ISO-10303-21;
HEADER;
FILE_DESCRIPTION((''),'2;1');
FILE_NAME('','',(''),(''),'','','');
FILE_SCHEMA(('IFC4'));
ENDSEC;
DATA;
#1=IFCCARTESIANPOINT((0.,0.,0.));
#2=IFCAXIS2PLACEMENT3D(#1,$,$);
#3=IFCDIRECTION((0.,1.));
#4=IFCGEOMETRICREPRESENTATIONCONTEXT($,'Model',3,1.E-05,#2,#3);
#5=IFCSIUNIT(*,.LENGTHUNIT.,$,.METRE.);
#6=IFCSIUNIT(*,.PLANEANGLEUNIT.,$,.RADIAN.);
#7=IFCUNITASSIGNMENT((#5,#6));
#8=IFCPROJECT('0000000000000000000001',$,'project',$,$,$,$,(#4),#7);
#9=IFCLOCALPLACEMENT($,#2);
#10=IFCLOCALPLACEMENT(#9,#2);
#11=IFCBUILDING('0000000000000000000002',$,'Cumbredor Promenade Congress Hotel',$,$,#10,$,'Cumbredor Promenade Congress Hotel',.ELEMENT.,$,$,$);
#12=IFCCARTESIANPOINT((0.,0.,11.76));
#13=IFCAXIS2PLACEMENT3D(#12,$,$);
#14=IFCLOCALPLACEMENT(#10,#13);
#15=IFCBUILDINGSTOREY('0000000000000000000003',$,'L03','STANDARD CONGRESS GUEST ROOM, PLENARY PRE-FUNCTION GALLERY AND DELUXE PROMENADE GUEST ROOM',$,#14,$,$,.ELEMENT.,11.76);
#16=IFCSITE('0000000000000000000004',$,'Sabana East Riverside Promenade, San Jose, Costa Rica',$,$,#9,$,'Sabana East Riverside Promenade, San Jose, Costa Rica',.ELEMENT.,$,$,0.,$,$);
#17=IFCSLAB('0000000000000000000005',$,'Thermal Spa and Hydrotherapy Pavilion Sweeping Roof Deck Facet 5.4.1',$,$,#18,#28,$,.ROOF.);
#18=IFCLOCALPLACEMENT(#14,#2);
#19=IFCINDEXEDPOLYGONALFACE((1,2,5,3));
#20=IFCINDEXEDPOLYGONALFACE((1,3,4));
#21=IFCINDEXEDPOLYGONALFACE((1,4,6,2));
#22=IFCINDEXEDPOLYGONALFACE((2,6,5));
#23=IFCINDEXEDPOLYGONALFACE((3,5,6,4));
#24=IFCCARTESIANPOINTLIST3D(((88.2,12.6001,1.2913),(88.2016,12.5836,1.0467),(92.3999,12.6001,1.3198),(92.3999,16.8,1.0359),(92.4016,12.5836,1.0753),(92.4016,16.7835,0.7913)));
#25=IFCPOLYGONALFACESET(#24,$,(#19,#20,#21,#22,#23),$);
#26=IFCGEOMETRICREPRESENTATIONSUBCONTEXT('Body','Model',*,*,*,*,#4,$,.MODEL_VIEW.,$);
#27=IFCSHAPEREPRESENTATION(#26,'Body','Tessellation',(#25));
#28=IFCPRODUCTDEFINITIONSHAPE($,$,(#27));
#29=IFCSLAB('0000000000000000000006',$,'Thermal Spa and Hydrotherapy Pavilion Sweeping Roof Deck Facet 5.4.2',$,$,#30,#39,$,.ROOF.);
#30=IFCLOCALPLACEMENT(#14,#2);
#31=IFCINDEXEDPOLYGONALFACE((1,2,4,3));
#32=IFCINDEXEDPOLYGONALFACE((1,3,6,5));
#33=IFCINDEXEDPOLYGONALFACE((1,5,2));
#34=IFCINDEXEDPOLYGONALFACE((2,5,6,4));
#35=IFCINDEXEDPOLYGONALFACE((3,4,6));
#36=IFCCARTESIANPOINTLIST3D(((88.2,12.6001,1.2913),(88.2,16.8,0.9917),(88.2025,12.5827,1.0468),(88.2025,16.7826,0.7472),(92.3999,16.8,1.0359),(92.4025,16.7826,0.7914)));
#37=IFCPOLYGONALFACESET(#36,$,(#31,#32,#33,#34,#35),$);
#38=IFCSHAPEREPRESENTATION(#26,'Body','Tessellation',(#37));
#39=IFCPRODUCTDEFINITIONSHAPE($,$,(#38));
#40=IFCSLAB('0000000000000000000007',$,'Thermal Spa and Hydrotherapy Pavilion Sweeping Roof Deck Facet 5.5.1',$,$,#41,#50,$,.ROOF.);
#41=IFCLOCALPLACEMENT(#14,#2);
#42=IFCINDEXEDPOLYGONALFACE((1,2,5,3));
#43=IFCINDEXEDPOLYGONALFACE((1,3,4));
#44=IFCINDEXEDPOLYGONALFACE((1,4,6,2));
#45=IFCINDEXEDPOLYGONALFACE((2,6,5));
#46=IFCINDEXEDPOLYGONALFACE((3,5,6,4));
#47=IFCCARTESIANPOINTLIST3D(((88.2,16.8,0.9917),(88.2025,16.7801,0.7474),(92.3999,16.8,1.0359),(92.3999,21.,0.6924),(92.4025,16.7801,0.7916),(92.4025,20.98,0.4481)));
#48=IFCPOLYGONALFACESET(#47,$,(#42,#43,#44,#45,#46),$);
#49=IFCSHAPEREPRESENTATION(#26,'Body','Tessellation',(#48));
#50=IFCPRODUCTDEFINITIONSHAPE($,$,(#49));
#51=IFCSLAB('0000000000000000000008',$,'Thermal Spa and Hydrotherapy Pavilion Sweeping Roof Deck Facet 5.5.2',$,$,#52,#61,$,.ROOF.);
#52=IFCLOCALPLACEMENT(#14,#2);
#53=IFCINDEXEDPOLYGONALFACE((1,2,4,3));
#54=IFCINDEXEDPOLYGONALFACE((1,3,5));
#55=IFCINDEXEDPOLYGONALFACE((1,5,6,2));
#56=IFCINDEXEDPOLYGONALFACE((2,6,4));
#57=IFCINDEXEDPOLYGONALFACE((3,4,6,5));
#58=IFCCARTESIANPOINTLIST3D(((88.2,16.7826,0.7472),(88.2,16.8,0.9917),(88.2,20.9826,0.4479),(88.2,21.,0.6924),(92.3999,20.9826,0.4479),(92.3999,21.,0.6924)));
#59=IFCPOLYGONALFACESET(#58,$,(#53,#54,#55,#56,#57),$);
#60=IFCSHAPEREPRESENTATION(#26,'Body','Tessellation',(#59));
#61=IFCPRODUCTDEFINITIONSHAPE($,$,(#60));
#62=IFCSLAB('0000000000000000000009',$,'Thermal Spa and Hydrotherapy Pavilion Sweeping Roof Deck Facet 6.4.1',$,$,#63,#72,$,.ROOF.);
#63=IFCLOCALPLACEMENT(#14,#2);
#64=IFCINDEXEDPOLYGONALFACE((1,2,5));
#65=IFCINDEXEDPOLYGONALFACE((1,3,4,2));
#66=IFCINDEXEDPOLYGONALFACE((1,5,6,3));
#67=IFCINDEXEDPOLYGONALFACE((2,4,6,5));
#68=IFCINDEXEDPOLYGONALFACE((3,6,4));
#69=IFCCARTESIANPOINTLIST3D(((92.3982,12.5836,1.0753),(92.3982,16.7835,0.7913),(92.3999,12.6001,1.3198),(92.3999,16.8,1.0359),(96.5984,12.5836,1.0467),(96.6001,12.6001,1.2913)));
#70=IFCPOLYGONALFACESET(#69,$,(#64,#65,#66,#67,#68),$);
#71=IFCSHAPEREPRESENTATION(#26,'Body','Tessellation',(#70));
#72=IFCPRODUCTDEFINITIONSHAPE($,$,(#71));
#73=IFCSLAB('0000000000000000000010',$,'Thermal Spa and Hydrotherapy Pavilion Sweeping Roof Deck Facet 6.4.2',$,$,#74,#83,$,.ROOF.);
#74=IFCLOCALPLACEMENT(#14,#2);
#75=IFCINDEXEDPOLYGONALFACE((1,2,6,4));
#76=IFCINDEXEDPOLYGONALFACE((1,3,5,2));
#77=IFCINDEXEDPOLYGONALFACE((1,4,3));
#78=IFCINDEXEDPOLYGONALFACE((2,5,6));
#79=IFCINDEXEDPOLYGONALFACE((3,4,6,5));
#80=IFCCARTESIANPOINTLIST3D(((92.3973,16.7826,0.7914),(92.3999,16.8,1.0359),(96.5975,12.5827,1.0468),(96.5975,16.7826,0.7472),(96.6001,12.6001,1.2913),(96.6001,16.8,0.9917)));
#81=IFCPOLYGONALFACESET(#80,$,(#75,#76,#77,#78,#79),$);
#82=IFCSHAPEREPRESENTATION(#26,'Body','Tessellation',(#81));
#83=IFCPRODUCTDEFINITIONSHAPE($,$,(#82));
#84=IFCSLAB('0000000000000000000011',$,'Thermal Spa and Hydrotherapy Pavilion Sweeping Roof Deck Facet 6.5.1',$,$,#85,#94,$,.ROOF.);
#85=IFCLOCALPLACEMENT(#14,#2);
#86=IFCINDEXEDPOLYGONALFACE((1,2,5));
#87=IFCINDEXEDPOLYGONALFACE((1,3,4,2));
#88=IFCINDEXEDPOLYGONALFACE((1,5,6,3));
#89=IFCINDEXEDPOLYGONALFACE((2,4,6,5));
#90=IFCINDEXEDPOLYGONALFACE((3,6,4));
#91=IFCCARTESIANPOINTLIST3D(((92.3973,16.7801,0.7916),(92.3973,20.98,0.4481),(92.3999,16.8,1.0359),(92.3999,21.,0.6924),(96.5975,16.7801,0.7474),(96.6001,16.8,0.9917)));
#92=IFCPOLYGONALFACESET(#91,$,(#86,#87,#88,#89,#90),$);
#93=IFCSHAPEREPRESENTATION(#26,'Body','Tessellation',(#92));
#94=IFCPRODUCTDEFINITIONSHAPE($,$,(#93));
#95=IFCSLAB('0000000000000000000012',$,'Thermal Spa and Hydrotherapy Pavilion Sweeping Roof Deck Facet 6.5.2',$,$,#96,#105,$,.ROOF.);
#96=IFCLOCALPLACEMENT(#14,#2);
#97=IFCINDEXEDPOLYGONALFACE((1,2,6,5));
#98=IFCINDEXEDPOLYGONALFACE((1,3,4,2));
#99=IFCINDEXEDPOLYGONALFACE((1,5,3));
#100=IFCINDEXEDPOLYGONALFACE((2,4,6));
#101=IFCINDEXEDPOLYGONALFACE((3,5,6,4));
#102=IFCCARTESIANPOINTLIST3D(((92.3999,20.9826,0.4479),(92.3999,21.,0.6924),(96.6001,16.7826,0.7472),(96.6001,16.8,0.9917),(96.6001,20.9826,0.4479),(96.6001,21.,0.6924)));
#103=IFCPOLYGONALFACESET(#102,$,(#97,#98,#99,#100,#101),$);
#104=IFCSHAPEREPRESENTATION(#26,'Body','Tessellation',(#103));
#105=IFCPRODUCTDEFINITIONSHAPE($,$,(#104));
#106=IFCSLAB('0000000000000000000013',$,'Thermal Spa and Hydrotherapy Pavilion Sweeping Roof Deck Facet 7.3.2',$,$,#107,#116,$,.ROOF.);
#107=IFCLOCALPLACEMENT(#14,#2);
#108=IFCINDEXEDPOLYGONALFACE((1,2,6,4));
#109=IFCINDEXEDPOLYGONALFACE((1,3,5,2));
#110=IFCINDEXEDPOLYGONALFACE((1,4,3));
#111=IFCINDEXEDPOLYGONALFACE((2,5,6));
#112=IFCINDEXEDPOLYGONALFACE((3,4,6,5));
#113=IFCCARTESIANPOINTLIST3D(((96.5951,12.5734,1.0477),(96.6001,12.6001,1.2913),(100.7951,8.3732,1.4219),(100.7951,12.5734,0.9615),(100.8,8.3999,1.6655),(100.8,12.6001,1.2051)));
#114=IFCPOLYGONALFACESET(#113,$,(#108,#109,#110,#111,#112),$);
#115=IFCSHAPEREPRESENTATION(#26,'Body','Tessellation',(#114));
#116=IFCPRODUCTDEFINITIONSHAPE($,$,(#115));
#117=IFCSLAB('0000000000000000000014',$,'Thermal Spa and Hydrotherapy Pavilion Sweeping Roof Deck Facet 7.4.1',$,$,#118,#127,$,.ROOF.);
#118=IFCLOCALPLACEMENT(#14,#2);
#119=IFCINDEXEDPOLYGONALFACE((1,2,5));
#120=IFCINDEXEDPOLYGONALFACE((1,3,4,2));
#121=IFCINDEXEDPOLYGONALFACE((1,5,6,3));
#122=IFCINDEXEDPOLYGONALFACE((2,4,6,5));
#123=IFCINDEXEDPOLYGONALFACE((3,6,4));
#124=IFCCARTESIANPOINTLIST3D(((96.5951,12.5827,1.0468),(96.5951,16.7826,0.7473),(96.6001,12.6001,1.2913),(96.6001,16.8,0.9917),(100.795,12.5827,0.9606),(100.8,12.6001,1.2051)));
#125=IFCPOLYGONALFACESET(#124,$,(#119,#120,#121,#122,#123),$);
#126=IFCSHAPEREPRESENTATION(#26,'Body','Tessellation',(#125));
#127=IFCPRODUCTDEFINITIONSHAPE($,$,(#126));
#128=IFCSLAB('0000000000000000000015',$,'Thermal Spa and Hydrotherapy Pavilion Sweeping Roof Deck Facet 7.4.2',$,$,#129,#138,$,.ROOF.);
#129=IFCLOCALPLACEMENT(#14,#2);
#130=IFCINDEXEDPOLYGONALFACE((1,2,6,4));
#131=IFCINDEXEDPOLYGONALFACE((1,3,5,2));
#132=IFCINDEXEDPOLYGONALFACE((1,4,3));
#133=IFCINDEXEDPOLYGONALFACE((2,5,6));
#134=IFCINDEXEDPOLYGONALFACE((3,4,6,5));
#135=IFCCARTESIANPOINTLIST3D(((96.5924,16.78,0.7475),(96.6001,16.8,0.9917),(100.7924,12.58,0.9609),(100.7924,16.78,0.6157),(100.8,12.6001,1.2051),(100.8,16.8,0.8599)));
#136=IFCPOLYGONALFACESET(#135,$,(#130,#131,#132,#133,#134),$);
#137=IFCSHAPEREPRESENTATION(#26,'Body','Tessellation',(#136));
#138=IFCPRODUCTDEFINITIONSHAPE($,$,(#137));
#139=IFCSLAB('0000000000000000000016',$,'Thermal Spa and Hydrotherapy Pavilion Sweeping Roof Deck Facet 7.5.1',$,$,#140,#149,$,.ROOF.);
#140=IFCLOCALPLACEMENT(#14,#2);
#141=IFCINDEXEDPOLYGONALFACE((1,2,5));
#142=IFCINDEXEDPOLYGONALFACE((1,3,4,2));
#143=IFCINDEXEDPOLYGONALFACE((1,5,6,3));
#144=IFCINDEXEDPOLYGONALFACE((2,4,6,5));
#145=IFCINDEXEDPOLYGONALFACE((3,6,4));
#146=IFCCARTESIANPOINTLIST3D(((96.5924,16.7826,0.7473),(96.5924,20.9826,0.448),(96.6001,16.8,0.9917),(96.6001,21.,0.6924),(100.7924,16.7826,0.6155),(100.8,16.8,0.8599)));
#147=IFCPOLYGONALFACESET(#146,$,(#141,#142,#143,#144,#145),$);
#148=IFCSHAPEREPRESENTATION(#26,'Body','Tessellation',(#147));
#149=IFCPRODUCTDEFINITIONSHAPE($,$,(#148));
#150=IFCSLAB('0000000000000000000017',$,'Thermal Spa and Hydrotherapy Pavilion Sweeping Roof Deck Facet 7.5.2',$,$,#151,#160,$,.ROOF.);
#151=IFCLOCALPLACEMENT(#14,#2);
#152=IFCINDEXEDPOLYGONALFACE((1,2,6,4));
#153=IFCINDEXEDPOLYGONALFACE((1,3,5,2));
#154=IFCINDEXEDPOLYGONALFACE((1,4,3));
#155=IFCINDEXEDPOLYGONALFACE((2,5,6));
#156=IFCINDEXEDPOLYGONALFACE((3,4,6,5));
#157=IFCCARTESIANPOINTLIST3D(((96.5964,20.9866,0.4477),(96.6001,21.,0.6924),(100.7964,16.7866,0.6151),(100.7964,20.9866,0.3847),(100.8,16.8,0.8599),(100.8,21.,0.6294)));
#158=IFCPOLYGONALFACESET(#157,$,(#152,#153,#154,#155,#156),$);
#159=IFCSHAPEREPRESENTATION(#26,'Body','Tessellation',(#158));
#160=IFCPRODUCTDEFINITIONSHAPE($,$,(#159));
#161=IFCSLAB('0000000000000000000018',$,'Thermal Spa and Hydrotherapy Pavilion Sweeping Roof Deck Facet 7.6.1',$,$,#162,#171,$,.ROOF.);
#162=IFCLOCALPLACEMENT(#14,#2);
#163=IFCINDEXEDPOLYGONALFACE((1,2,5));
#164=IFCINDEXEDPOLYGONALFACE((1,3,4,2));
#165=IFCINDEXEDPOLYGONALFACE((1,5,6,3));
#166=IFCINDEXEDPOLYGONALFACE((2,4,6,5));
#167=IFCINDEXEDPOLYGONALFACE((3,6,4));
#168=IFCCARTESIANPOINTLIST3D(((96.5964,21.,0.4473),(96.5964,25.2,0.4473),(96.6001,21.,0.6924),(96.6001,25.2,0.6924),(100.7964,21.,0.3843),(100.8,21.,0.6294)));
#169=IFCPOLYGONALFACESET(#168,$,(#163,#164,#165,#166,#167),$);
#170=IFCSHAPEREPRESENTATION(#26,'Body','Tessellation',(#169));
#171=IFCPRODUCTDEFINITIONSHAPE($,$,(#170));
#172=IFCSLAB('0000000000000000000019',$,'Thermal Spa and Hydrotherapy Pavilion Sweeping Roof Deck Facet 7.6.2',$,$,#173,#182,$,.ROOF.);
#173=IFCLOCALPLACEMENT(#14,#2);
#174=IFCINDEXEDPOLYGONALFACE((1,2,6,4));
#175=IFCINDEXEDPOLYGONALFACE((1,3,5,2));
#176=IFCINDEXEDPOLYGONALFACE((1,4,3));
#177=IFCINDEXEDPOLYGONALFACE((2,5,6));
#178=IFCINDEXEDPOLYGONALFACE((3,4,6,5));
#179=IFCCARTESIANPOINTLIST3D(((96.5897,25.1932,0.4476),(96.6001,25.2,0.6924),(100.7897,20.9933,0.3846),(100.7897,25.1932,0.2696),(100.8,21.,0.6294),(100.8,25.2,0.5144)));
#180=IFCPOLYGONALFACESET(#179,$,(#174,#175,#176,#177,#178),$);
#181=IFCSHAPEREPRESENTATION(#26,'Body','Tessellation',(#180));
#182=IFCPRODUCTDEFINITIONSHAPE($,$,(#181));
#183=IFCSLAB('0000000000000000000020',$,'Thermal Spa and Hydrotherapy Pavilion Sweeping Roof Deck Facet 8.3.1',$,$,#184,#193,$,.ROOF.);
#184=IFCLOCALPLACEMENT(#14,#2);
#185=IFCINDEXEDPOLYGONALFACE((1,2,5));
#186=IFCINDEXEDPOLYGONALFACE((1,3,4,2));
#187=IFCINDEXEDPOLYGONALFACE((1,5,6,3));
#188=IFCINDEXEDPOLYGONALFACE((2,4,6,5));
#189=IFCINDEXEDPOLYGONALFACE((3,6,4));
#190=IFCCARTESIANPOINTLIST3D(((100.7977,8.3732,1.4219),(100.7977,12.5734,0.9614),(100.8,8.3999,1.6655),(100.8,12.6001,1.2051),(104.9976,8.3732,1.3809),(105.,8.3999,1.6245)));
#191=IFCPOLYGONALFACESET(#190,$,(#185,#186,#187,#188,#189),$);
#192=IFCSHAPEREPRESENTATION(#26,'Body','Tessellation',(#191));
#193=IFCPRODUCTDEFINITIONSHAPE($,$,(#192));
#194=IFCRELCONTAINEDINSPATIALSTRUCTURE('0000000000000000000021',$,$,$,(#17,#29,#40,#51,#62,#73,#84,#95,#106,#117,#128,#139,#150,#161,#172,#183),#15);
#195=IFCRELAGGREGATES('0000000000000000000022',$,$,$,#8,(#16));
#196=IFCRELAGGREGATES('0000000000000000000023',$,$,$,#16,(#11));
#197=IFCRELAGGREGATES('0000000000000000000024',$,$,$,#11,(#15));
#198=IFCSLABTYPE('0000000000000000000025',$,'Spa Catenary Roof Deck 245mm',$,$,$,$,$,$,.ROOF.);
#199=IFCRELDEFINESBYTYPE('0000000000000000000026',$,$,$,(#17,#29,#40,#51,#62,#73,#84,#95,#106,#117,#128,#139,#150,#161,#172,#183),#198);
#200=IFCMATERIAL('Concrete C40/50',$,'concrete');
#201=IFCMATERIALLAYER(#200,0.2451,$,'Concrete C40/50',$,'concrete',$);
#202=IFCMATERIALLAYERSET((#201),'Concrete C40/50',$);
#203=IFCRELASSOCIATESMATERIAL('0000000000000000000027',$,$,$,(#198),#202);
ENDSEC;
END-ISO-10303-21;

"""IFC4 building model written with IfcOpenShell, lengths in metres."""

from ifc_helpers import new_model, si_unit, direction, frame, origin, place, context, subcontext, project, spatial, polyline, outline, extrude, material, layer, layer_set, type_object, element, save


model = new_model("IFC4")

# Units and contexts
model_context = context("Model", 3, precision=1e-05, world=origin(), true_north=direction((0.0, 1.0)))
body_context = subcontext(model_context, "Body", "Model", "MODEL_VIEW")
ifc_project = project(units=[si_unit("LENGTHUNIT", "METRE"), si_unit("PLANEANGLEUNIT", "RADIAN")], contexts=[model_context])

# Site, building, storey
site_placement = place(None, origin())
site = spatial("IfcSite", under=ifc_project, at=site_placement, Name="Sabana East Riverside Promenade, San Jose, Costa Rica", LongName="Sabana East Riverside Promenade, San Jose, Costa Rica", CompositionType="ELEMENT", RefElevation=0.0)
building_placement = place(site_placement, origin())
building = spatial("IfcBuilding", under=site, at=building_placement, Name="Cumbredor Promenade Congress Hotel", LongName="Cumbredor Promenade Congress Hotel", CompositionType="ELEMENT")
storey_placement = place(building_placement, frame((0.0, 0.0, 11.76)))
storey = spatial("IfcBuildingStorey", under=building, at=storey_placement, Name="L03", Description="STANDARD CONGRESS GUEST ROOM, PLENARY PRE-FUNCTION GALLERY AND DELUXE PROMENADE GUEST ROOM", CompositionType="ELEMENT", Elevation=11.76)

# Slabs
ifc_material_1 = material(Name="Concrete C40/50", Category="concrete")
ifc_layer_1 = layer(ifc_material_1, 0.2451, Name="Concrete C40/50", Category="concrete")
ifc_layer_set_1 = layer_set([ifc_layer_1], Name="Concrete C40/50")
slab_type = type_object("IfcSlabType", Name="Spa Catenary Roof Deck 245mm", PredefinedType="ROOF", material=ifc_layer_set_1)
slab_1_placement = place(storey_placement, frame((88.2, 12.6001, 1.2913), z_axis=(-0.006785, 0.067449, 0.9977), x_axis=(0.999977, 0.0, 0.006801)))
element("IfcSlab", 1, at=slab_1_placement, inside=storey, type_object=slab_type, Name="Thermal Spa and Hydrotherapy Pavilion Sweeping Roof Deck Facet 5.4.1", PredefinedType="ROOF", context=body_context, shape_type="SweptSolid", body=[
    extrude(outline(polyline([(0.0, 0.0), (4.2, 0.0), (4.1981, 4.2095), (0.0, 0.0)])), origin(), (0.0, 0.0, -1.0), 0.2451),
])
slab_2_placement = place(storey_placement, frame((88.2, 12.6001, 1.2913), z_axis=(-0.010494, 0.07114, 0.997411), x_axis=(0.706454, 0.706454, -0.042955)))
element("IfcSlab", 2, at=slab_2_placement, inside=storey, type_object=slab_type, Name="Thermal Spa and Hydrotherapy Pavilion Sweeping Roof Deck Facet 5.4.2", PredefinedType="ROOF", context=body_context, shape_type="SweptSolid", body=[
    extrude(outline(polyline([(0.0, 0.0), (5.9451, 0.0), (2.9799, 2.9748), (0.0, 0.0)])), origin(), (0.0, 0.0, -1.0), 0.2451),
])
slab_3_placement = place(storey_placement, frame((88.2, 16.8, 0.9917), z_axis=(-0.010486, 0.081511, 0.996617), x_axis=(0.999945, 0.0, 0.010521)))
element("IfcSlab", 3, at=slab_3_placement, inside=storey, type_object=slab_type, Name="Thermal Spa and Hydrotherapy Pavilion Sweeping Roof Deck Facet 5.5.1", PredefinedType="ROOF", context=body_context, shape_type="SweptSolid", body=[
    extrude(outline(polyline([(0.0, 0.0), (4.2002, 0.0), (4.1966, 4.214), (0.0, 0.0)])), origin(), (0.0, 0.0, -1.0), 0.2451),
])
slab_4_placement = place(storey_placement, frame((88.2, 16.8, 0.9917), z_axis=(0.0, 0.071086, 0.99747), x_axis=(0.706211, 0.706211, -0.050329)))
element("IfcSlab", 4, at=slab_4_placement, inside=storey, type_object=slab_type, Name="Thermal Spa and Hydrotherapy Pavilion Sweeping Roof Deck Facet 5.5.2", PredefinedType="ROOF", context=body_context, shape_type="SweptSolid", body=[
    extrude(outline(polyline([(0.0, 0.0), (5.9472, 0.0), (2.9811, 2.9736), (0.0, 0.0)])), origin(), (0.0, 0.0, -1.0), 0.2451),
])
slab_5_placement = place(storey_placement, frame((92.3999, 12.6001, 1.3198), z_axis=(0.006785, 0.067449, 0.9977), x_axis=(0.999977, 0.0, -0.006801)))
element("IfcSlab", 5, at=slab_5_placement, inside=storey, type_object=slab_type, Name="Thermal Spa and Hydrotherapy Pavilion Sweeping Roof Deck Facet 6.4.1", PredefinedType="ROOF", context=body_context, shape_type="SweptSolid", body=[
    extrude(outline(polyline([(0.0, 0.0), (4.2003, 0.0), (0.0019, 4.2095), (0.0, 0.0)])), origin(), (0.0, 0.0, -1.0), 0.2451),
])
slab_6_placement = place(storey_placement, frame((96.6001, 12.6001, 1.2913), z_axis=(0.010494, 0.07114, 0.997411), x_axis=(0.0, 0.997466, -0.071144)))
element("IfcSlab", 6, at=slab_6_placement, inside=storey, type_object=slab_type, Name="Thermal Spa and Hydrotherapy Pavilion Sweeping Roof Deck Facet 6.4.2", PredefinedType="ROOF", context=body_context, shape_type="SweptSolid", body=[
    extrude(outline(polyline([(0.0, 0.0), (4.2106, 0.0), (4.2075, 4.2004), (0.0, 0.0)])), origin(), (0.0, 0.0, -1.0), 0.2451),
])
slab_7_placement = place(storey_placement, frame((92.3999, 16.8, 1.0359), z_axis=(0.010485, 0.081511, 0.996617), x_axis=(0.999945, 0.0, -0.01052)))
element("IfcSlab", 7, at=slab_7_placement, inside=storey, type_object=slab_type, Name="Thermal Spa and Hydrotherapy Pavilion Sweeping Roof Deck Facet 6.5.1", PredefinedType="ROOF", context=body_context, shape_type="SweptSolid", body=[
    extrude(outline(polyline([(0.0, 0.0), (4.2004, 0.0), (0.0036, 4.214), (0.0, 0.0)])), origin(), (0.0, 0.0, -1.0), 0.2451),
])
slab_8_placement = place(storey_placement, frame((96.6001, 16.8, 0.9917), z_axis=(0.0, 0.071086, 0.99747), x_axis=(0.0, 0.99747, -0.071086)))
element("IfcSlab", 8, at=slab_8_placement, inside=storey, type_object=slab_type, Name="Thermal Spa and Hydrotherapy Pavilion Sweeping Roof Deck Facet 6.5.2", PredefinedType="ROOF", context=body_context, shape_type="SweptSolid", body=[
    extrude(outline(polyline([(0.0, 0.0), (4.2106, 0.0), (4.2106, 4.2002), (0.0, 0.0)])), origin(), (0.0, 0.0, -1.0), 0.2451),
])
slab_9_placement = place(storey_placement, frame((100.8, 8.3999, 1.6655), z_axis=(0.020393, 0.10895, 0.993838), x_axis=(0.0, 0.994045, -0.108973)))
element("IfcSlab", 9, at=slab_9_placement, inside=storey, type_object=slab_type, Name="Thermal Spa and Hydrotherapy Pavilion Sweeping Roof Deck Facet 7.3.2", PredefinedType="ROOF", context=body_context, shape_type="SweptSolid", body=[
    extrude(outline(polyline([(0.0, 0.0), (4.2254, 0.0), (4.216, 4.2008), (0.0, 0.0)])), origin(), (0.0, 0.0, -1.0), 0.2451),
])
slab_10_placement = place(storey_placement, frame((96.6001, 12.6001, 1.2913), z_axis=(0.020463, 0.071129, 0.997257), x_axis=(0.99979, 0.0, -0.020515)))
element("IfcSlab", 10, at=slab_10_placement, inside=storey, type_object=slab_type, Name="Thermal Spa and Hydrotherapy Pavilion Sweeping Roof Deck Facet 7.4.1", PredefinedType="ROOF", context=body_context, shape_type="SweptSolid", body=[
    extrude(outline(polyline([(0.0, 0.0), (4.2008, 0.0), (0.0061, 4.2106), (0.0, 0.0)])), origin(), (0.0, 0.0, -1.0), 0.2451),
])
slab_11_placement = place(storey_placement, frame((100.8, 12.6001, 1.2051), z_axis=(0.031269, 0.081879, 0.996152), x_axis=(0.0, 0.996639, -0.081919)))
element("IfcSlab", 11, at=slab_11_placement, inside=storey, type_object=slab_type, Name="Thermal Spa and Hydrotherapy Pavilion Sweeping Roof Deck Facet 7.4.2", PredefinedType="ROOF", context=body_context, shape_type="SweptSolid", body=[
    extrude(outline(polyline([(0.0, 0.0), (4.2141, 0.0), (4.2033, 4.202), (0.0, 0.0)])), origin(), (0.0, 0.0, -1.0), 0.2451),
])
slab_12_placement = place(storey_placement, frame((96.6001, 16.8, 0.9917), z_axis=(0.031295, 0.071052, 0.996982), x_axis=(0.999508, 0.0, -0.031374)))
element("IfcSlab", 12, at=slab_12_placement, inside=storey, type_object=slab_type, Name="Thermal Spa and Hydrotherapy Pavilion Sweeping Roof Deck Facet 7.5.1", PredefinedType="ROOF", context=body_context, shape_type="SweptSolid", body=[
    extrude(outline(polyline([(0.0, 0.0), (4.202, 0.0), (0.0094, 4.2106), (0.0, 0.0)])), origin(), (0.0, 0.0, -1.0), 0.2451),
])
slab_13_placement = place(storey_placement, frame((100.8, 16.8, 0.8599), z_axis=(0.014973, 0.054786, 0.998386), x_axis=(0.0, 0.998498, -0.054792)))
element("IfcSlab", 13, at=slab_13_placement, inside=storey, type_object=slab_type, Name="Thermal Spa and Hydrotherapy Pavilion Sweeping Roof Deck Facet 7.5.2", PredefinedType="ROOF", context=body_context, shape_type="SweptSolid", body=[
    extrude(outline(polyline([(0.0, 0.0), (4.2063, 0.0), (4.2028, 4.2004), (0.0, 0.0)])), origin(), (0.0, 0.0, -1.0), 0.2451),
])
slab_14_placement = place(storey_placement, frame((96.6001, 21.0, 0.6924), z_axis=(0.014996, 0.0, 0.999888), x_axis=(0.999888, 0.0, -0.014996)))
element("IfcSlab", 14, at=slab_14_placement, inside=storey, type_object=slab_type, Name="Thermal Spa and Hydrotherapy Pavilion Sweeping Roof Deck Facet 7.6.1", PredefinedType="ROOF", context=body_context, shape_type="SweptSolid", body=[
    extrude(outline(polyline([(0.0, 0.0), (4.2004, 0.0), (0.0, 4.2), (0.0, 0.0)])), origin(), (0.0, 0.0, -1.0), 0.2451),
])
slab_15_placement = place(storey_placement, frame((100.8, 21.0, 0.6294), z_axis=(0.042323, 0.027344, 0.99873), x_axis=(0.0, 0.999625, -0.027369)))
element("IfcSlab", 15, at=slab_15_placement, inside=storey, type_object=slab_type, Name="Thermal Spa and Hydrotherapy Pavilion Sweeping Roof Deck Facet 7.6.2", PredefinedType="ROOF", context=body_context, shape_type="SweptSolid", body=[
    extrude(outline(polyline([(0.0, 0.0), (4.2015, 0.0), (4.1967, 4.2037), (0.0, 0.0)])), origin(), (0.0, 0.0, -1.0), 0.2451),
])
slab_16_placement = place(storey_placement, frame((100.8, 8.3999, 1.6655), z_axis=(0.009707, 0.108968, 0.993998), x_axis=(0.999952, 0.0, -0.009765)))
element("IfcSlab", 16, at=slab_16_placement, inside=storey, type_object=slab_type, Name="Thermal Spa and Hydrotherapy Pavilion Sweeping Roof Deck Facet 8.3.1", PredefinedType="ROOF", context=body_context, shape_type="SweptSolid", body=[
    extrude(outline(polyline([(0.0, 0.0), (4.2002, 0.0), (0.0045, 4.2254), (0.0, 0.0)])), origin(), (0.0, 0.0, -1.0), 0.2451),
])

save(model, "model.ifc")
